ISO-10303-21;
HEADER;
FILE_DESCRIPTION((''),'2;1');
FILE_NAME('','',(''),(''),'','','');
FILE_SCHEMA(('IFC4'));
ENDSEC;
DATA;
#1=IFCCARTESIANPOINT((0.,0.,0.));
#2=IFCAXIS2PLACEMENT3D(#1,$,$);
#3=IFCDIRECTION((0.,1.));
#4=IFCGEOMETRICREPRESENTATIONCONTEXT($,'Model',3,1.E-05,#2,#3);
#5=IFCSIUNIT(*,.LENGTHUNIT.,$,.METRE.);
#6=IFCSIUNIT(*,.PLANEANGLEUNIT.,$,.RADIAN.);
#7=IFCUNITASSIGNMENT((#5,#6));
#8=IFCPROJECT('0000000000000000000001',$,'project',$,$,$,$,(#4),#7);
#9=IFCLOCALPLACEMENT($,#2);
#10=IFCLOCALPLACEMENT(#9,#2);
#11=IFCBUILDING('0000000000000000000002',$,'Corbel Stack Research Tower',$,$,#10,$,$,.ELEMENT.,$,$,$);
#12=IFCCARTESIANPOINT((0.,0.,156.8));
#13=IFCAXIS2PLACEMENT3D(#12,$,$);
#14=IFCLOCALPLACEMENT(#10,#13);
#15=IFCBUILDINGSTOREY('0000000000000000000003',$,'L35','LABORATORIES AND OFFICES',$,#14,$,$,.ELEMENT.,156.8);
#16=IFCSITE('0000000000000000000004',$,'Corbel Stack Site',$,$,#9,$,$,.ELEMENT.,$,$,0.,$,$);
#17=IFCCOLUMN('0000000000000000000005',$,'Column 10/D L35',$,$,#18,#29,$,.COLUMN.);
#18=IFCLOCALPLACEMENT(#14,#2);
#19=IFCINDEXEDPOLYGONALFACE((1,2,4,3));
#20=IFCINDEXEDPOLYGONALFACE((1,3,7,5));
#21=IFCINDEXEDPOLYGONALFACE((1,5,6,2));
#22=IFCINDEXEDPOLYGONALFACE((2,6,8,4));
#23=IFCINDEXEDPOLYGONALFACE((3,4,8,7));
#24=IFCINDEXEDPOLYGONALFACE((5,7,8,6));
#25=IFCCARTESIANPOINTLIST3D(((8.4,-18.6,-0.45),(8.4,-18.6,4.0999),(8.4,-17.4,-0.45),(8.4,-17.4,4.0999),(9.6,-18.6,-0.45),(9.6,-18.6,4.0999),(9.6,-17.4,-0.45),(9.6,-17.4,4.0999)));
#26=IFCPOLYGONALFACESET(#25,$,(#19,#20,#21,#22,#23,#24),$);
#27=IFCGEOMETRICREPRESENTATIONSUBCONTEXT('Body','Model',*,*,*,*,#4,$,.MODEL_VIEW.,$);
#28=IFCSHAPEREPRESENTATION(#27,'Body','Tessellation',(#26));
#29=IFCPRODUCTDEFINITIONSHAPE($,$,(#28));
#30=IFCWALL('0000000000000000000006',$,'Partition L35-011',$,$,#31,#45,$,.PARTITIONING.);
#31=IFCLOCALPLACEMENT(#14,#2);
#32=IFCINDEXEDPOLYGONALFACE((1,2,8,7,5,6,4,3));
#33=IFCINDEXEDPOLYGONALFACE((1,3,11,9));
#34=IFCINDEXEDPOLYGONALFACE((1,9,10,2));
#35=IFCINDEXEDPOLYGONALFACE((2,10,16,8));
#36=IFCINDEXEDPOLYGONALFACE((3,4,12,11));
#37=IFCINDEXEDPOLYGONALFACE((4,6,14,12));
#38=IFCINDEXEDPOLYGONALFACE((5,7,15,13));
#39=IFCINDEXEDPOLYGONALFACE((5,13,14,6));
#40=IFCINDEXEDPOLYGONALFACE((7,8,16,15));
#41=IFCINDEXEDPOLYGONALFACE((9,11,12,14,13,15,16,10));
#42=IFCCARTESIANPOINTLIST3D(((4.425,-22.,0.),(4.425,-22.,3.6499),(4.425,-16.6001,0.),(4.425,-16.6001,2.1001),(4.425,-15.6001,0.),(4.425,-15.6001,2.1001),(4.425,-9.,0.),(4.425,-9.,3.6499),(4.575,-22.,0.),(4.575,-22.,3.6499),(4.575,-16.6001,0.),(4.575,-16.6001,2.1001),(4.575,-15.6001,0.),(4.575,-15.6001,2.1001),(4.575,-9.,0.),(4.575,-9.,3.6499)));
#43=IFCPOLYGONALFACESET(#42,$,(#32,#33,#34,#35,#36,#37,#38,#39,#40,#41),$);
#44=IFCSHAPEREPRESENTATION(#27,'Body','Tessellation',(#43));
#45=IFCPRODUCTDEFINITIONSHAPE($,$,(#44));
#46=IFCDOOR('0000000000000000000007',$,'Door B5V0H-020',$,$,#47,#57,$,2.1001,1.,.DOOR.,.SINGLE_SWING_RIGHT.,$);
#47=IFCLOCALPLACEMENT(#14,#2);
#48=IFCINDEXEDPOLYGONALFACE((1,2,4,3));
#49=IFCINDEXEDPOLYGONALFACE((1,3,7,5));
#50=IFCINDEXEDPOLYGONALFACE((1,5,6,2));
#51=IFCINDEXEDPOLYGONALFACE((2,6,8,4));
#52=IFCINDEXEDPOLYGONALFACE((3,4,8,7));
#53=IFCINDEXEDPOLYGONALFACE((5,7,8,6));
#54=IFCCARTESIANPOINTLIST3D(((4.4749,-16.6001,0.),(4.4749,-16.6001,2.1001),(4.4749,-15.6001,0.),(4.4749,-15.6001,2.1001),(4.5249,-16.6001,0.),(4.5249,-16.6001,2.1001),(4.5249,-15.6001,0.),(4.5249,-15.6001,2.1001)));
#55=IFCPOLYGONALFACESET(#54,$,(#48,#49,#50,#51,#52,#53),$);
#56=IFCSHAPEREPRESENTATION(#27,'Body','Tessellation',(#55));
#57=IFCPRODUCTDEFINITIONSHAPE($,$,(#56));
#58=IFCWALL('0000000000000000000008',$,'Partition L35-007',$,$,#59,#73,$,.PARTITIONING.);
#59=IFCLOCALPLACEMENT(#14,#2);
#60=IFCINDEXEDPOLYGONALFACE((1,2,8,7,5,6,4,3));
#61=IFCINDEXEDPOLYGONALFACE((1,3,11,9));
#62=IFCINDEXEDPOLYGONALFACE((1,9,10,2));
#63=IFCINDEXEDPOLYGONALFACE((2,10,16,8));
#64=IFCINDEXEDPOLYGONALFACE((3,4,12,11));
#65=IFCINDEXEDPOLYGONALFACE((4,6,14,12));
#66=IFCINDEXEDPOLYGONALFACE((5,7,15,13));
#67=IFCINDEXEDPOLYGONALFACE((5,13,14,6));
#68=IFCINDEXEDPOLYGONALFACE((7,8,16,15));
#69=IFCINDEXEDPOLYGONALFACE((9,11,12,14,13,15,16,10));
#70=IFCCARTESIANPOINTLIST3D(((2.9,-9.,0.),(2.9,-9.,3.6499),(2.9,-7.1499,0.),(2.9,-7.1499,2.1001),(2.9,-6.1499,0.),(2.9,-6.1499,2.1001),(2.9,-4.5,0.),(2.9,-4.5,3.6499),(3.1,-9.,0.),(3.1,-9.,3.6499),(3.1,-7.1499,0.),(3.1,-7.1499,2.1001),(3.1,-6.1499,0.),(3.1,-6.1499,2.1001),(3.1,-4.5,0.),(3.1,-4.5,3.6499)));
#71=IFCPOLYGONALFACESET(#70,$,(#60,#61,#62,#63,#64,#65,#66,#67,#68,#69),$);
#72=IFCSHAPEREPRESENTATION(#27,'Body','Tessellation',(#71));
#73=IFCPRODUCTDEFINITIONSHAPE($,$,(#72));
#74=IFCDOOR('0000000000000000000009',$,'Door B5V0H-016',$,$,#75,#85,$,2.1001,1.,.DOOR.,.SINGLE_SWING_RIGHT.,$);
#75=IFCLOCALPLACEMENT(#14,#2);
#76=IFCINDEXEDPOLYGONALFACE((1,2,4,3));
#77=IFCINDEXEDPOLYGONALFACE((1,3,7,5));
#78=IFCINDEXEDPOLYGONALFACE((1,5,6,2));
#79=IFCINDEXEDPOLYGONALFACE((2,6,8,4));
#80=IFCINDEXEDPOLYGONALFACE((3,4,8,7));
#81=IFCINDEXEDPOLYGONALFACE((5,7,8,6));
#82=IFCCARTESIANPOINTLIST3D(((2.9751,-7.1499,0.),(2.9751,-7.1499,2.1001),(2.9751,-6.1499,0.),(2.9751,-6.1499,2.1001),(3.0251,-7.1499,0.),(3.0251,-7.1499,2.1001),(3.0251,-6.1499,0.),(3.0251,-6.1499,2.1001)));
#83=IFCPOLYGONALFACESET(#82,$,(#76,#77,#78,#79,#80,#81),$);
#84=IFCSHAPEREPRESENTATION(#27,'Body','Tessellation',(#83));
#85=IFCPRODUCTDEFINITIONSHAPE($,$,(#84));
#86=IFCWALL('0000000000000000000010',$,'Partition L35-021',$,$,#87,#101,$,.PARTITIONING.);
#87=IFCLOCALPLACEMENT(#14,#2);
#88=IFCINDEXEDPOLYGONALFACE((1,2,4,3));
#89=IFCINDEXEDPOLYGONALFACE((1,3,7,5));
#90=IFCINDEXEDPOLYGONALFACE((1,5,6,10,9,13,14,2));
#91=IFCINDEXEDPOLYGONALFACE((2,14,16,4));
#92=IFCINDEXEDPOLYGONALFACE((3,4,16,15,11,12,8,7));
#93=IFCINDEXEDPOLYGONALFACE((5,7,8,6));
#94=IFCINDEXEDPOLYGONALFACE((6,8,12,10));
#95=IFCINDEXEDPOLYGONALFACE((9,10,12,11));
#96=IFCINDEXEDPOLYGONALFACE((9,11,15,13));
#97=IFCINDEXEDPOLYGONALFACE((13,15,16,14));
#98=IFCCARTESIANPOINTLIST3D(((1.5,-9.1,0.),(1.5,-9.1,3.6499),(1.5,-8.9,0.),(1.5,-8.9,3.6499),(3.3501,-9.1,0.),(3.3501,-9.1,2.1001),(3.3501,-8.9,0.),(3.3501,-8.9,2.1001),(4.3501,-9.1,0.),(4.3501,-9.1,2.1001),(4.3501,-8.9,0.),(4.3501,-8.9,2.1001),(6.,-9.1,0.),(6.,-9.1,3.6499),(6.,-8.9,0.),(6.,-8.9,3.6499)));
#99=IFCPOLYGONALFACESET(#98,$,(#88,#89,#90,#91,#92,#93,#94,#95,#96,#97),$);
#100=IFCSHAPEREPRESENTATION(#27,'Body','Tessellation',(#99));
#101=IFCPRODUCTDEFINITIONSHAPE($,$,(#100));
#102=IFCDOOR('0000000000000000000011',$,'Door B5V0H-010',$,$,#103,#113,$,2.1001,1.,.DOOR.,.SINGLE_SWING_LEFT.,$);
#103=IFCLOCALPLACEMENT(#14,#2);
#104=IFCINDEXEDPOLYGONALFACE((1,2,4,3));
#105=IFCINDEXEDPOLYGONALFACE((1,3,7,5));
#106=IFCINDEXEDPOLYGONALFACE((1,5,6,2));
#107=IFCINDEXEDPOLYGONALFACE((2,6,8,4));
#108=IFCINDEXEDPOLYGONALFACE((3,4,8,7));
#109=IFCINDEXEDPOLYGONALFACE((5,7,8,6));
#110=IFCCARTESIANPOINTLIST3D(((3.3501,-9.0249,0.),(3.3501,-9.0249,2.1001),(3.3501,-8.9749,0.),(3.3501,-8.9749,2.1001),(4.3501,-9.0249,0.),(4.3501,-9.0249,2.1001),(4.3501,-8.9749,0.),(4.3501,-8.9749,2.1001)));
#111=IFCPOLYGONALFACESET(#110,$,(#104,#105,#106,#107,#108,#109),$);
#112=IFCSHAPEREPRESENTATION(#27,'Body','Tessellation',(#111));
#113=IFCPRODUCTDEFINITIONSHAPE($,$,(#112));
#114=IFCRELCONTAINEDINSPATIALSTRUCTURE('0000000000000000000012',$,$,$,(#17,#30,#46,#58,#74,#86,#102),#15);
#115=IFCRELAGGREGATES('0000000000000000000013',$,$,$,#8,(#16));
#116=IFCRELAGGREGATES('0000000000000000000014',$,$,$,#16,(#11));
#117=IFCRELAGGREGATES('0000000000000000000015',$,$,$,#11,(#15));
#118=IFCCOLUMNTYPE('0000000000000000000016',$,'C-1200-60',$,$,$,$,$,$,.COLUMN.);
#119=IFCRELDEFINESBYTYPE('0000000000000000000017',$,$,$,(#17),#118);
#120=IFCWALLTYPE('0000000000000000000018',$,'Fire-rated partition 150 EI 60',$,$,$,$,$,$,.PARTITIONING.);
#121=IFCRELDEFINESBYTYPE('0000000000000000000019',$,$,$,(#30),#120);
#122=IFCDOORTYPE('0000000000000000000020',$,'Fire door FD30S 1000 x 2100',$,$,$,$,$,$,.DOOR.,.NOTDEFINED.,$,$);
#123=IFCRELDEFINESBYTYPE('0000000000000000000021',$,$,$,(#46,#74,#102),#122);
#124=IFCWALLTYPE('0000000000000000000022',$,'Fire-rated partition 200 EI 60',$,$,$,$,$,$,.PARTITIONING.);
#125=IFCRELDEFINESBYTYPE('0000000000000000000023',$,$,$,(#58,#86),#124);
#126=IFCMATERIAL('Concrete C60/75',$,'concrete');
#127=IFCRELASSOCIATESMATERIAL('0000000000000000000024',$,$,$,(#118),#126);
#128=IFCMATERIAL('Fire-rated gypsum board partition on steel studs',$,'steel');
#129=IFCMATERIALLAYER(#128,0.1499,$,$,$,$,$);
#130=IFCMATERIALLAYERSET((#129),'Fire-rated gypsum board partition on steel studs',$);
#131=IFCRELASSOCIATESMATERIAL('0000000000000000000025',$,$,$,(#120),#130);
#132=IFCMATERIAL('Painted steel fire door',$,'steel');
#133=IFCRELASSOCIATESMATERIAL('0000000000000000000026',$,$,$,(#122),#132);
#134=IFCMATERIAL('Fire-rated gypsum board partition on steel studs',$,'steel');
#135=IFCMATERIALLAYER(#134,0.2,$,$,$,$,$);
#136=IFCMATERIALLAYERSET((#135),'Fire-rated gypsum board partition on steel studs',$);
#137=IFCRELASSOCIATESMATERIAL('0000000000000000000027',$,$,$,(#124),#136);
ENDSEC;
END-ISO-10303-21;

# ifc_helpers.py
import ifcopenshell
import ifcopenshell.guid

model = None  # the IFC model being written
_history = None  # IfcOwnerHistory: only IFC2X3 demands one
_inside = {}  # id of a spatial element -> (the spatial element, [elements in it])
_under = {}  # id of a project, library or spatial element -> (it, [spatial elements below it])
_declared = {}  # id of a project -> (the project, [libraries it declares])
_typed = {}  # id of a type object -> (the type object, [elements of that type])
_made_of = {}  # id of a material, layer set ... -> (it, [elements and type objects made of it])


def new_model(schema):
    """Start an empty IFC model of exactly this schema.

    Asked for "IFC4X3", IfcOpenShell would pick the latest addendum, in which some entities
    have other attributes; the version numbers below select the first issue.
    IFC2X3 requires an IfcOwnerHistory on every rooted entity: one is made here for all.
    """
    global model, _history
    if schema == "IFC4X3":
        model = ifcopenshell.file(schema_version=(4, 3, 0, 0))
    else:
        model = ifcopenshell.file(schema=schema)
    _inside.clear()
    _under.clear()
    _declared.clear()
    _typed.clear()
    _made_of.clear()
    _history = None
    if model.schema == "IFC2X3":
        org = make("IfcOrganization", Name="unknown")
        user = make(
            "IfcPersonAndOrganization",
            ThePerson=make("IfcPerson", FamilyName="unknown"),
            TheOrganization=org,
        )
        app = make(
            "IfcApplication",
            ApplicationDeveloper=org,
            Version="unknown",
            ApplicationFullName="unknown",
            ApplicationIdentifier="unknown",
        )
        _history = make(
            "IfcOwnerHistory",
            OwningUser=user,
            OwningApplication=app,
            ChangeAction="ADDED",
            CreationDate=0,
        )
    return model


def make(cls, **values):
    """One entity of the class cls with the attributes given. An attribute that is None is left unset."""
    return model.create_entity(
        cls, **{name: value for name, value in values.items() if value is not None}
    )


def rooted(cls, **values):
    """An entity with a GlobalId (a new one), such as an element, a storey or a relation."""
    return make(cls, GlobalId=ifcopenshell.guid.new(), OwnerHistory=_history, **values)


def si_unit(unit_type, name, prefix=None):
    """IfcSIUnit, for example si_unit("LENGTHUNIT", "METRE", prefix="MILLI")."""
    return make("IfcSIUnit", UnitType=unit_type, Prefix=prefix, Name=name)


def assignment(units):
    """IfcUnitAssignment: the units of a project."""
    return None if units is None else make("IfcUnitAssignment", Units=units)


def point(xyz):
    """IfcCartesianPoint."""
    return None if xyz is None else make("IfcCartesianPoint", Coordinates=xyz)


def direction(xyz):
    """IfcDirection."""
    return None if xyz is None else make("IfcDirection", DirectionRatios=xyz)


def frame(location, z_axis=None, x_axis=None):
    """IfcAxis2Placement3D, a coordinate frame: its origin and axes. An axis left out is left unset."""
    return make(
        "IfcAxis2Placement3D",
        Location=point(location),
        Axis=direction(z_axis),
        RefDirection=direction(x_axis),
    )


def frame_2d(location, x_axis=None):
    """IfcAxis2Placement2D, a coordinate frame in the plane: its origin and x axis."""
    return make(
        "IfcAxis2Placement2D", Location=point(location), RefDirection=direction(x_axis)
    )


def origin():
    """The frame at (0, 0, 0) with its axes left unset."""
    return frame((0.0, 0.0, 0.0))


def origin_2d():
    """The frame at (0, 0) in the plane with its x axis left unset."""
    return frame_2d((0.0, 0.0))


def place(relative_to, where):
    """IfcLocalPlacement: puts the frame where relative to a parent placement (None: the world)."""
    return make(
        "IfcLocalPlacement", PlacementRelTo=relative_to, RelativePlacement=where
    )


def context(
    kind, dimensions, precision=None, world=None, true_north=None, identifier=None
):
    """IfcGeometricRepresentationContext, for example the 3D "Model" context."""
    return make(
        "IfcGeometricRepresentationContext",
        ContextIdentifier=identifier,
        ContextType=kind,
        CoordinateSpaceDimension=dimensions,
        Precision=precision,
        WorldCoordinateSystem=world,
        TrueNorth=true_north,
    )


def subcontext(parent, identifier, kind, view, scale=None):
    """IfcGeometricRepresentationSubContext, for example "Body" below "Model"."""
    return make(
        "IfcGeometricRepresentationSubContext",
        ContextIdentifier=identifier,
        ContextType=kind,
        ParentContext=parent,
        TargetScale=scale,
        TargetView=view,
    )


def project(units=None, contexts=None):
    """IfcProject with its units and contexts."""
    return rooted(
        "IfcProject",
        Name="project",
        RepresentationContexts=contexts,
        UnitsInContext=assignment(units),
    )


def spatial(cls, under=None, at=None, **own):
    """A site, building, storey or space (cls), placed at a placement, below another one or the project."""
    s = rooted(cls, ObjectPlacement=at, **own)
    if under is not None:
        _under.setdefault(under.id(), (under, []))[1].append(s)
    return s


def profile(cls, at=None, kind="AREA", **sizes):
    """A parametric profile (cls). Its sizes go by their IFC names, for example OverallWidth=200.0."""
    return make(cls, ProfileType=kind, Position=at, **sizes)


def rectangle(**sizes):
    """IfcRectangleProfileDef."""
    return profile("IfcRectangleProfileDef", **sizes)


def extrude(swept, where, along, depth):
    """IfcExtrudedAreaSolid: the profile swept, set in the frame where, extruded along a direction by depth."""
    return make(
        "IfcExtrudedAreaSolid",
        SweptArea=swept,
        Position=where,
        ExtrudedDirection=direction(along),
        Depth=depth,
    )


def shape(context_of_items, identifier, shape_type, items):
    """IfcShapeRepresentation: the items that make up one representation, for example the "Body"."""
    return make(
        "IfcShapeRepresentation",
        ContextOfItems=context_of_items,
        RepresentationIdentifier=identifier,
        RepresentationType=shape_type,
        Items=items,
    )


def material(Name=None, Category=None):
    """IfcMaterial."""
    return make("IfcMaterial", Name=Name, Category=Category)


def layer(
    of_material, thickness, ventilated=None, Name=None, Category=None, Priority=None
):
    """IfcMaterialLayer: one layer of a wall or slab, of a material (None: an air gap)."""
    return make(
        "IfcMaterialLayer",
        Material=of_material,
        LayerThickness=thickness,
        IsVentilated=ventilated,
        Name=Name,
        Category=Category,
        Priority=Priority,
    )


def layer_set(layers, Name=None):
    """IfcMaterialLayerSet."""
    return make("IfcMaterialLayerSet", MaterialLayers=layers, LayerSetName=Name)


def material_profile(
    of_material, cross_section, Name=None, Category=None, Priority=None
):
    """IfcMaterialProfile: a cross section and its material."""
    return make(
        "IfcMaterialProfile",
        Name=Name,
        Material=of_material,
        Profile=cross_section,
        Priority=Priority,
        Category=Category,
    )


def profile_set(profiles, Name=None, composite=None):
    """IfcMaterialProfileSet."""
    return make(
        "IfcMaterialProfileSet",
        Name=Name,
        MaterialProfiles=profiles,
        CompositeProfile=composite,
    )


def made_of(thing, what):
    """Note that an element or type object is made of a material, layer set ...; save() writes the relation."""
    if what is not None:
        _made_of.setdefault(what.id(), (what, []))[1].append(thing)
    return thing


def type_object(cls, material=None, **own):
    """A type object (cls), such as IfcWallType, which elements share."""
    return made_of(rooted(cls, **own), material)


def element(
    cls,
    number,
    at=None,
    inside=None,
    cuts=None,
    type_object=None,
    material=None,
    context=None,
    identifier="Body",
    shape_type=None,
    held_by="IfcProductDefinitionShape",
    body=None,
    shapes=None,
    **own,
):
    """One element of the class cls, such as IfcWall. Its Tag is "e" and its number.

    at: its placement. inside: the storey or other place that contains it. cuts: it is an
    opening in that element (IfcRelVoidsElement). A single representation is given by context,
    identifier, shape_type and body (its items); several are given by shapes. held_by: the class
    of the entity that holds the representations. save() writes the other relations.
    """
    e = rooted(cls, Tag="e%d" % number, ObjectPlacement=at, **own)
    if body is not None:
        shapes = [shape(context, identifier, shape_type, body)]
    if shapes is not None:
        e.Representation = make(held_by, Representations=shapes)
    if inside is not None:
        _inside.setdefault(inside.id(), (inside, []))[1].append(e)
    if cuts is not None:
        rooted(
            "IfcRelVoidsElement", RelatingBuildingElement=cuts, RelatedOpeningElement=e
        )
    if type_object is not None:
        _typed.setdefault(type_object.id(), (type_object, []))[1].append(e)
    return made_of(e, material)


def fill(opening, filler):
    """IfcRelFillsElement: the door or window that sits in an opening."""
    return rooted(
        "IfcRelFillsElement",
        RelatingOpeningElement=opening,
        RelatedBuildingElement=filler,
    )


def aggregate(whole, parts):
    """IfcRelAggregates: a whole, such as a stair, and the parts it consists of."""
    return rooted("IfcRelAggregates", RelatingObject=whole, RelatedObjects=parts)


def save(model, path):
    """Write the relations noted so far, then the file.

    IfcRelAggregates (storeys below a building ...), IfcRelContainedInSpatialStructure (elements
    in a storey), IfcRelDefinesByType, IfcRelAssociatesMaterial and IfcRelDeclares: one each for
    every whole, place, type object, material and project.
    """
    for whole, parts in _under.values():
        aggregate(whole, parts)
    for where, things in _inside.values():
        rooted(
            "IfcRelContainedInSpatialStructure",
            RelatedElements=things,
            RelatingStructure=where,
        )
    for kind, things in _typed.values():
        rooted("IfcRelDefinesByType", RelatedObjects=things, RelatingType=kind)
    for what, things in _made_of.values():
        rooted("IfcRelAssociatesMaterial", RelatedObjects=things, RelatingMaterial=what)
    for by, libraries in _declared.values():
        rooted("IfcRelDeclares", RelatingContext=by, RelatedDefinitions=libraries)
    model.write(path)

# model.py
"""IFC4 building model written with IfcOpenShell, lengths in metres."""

from ifc_helpers import new_model, si_unit, direction, frame, frame_2d, origin, origin_2d, place, context, subcontext, project, spatial, rectangle, extrude, material, layer, layer_set, material_profile, profile_set, type_object, element, fill, save


model = new_model("IFC4")

# Units and contexts
model_context = context("Model", 3, precision=1e-05, world=origin(), true_north=direction((0.0, 1.0)))
body_context = subcontext(model_context, "Body", "Model", "MODEL_VIEW")
ifc_project = project(units=[si_unit("LENGTHUNIT", "METRE"), si_unit("PLANEANGLEUNIT", "RADIAN")], contexts=[model_context])

# Site, building, storey
site_placement = place(None, origin())
site = spatial("IfcSite", under=ifc_project, at=site_placement, Name="Corbel Stack Site", CompositionType="ELEMENT", RefElevation=0.0)
building_placement = place(site_placement, origin())
building = spatial("IfcBuilding", under=site, at=building_placement, Name="Corbel Stack Research Tower", CompositionType="ELEMENT")
storey_placement = place(building_placement, frame((0.0, 0.0, 156.8)))
storey = spatial("IfcBuildingStorey", under=building, at=storey_placement, Name="L35", Description="LABORATORIES AND OFFICES", CompositionType="ELEMENT", Elevation=156.8)

# Column
ifc_material_1 = material(Name="Concrete C60/75", Category="concrete")
ifc_material_profile = material_profile(ifc_material_1, rectangle(XDim=1.2, YDim=1.2, at=origin_2d()), Name="RC 1200 x 1200")
ifc_profile_set = profile_set([ifc_material_profile], Name="Concrete C60/75")
column_type = type_object("IfcColumnType", Name="C-1200-60", PredefinedType="COLUMN", material=ifc_profile_set)
column_placement = place(storey_placement, frame((9.0, -18.0, -0.45), z_axis=(0.0, 0.0, 1.0), x_axis=(1.0, 0.0, 0.0)))
element("IfcColumn", 1, at=column_placement, inside=storey, type_object=column_type, Name="Column 10/D L35", PredefinedType="COLUMN", context=body_context, shape_type="SweptSolid", body=[
    extrude(rectangle(XDim=1.2, YDim=1.2, at=origin_2d()), origin(), (0.0, 0.0, 1.0), 4.5498),
])

# Walls, openings, doors
ifc_material_2 = material(Name="Fire-rated gypsum board partition on steel studs", Category="steel")
ifc_layer_1 = layer(ifc_material_2, 0.1499)
ifc_layer_set_1 = layer_set([ifc_layer_1], Name="Fire-rated gypsum board partition on steel studs")
wall_type_1 = type_object("IfcWallType", Name="Fire-rated partition 150 EI 60", PredefinedType="PARTITIONING", material=ifc_layer_set_1)
wall_1_placement = place(storey_placement, frame((4.5, -9.0, 0.0), z_axis=(0.0, 0.0, 1.0), x_axis=(0.0, -1.0, 0.0)))
wall_1 = element("IfcWall", 2, at=wall_1_placement, inside=storey, type_object=wall_type_1, Name="Partition L35-011", PredefinedType="PARTITIONING", context=body_context, shape_type="SweptSolid", body=[
    extrude(rectangle(XDim=13.0, YDim=0.1499, at=frame_2d((6.5, 0.0))), origin(), (0.0, 0.0, 1.0), 3.6499),
])
opening_1_placement = place(wall_1_placement, frame((6.6001, 0.0, 0.0)))
opening_1 = element("IfcOpeningElement", 3, at=opening_1_placement, cuts=wall_1, PredefinedType="OPENING", context=body_context, shape_type="SweptSolid", body=[
    extrude(rectangle(XDim=1.0, YDim=2.1001, at=frame_2d((0.5, 1.05))), frame((0.0, 0.085, 0.0), z_axis=(0.0, -1.0, 0.0), x_axis=(1.0, 0.0, 0.0)), (0.0, 0.0, 1.0), 0.1699),
])
ifc_material_3 = material(Name="Painted steel fire door", Category="steel")
door_type_1 = type_object("IfcDoorType", Name="Fire door FD30S 1000 x 2100", OperationType="NOTDEFINED", PredefinedType="DOOR", material=ifc_material_3)
door_1_placement = place(opening_1_placement, origin())
door_1 = element("IfcDoor", 4, at=door_1_placement, inside=storey, type_object=door_type_1, Name="Door B5V0H-020", OperationType="SINGLE_SWING_RIGHT", OverallHeight=2.1001, OverallWidth=1.0, PredefinedType="DOOR", context=body_context, shape_type="SweptSolid", body=[
    extrude(rectangle(XDim=1.0, YDim=2.1001, at=frame_2d((0.5, 1.05))), frame((0.0, 0.0249, 0.0), z_axis=(0.0, -1.0, 0.0), x_axis=(1.0, 0.0, 0.0)), (0.0, 0.0, 1.0), 0.05),
])
fill(opening_1, door_1)
ifc_material_4 = material(Name="Fire-rated gypsum board partition on steel studs", Category="steel")
ifc_layer_2 = layer(ifc_material_4, 0.2)
ifc_layer_set_2 = layer_set([ifc_layer_2], Name="Fire-rated gypsum board partition on steel studs")
wall_type_2 = type_object("IfcWallType", Name="Fire-rated partition 200 EI 60", PredefinedType="PARTITIONING", material=ifc_layer_set_2)
wall_2_placement = place(storey_placement, frame((3.0, -9.0, 0.0), z_axis=(0.0, 0.0, 1.0), x_axis=(0.0, 1.0, 0.0)))
wall_2 = element("IfcWall", 5, at=wall_2_placement, inside=storey, type_object=wall_type_2, Name="Partition L35-007", PredefinedType="PARTITIONING", context=body_context, shape_type="SweptSolid", body=[
    extrude(rectangle(XDim=4.5, YDim=0.2, at=frame_2d((2.25, 0.0))), origin(), (0.0, 0.0, 1.0), 3.6499),
])
opening_2_placement = place(wall_2_placement, frame((1.8501, 0.0, 0.0)))
opening_2 = element("IfcOpeningElement", 6, at=opening_2_placement, cuts=wall_2, PredefinedType="OPENING", context=body_context, shape_type="SweptSolid", body=[
    extrude(rectangle(XDim=1.0, YDim=2.1001, at=frame_2d((0.5, 1.05))), frame((0.0, 0.1099, 0.0), z_axis=(0.0, -1.0, 0.0), x_axis=(1.0, 0.0, 0.0)), (0.0, 0.0, 1.0), 0.22),
])
door_2_placement = place(opening_2_placement, origin())
door_2 = element("IfcDoor", 7, at=door_2_placement, inside=storey, type_object=door_type_1, Name="Door B5V0H-016", OperationType="SINGLE_SWING_RIGHT", OverallHeight=2.1001, OverallWidth=1.0, PredefinedType="DOOR", context=body_context, shape_type="SweptSolid", body=[
    extrude(rectangle(XDim=1.0, YDim=2.1001, at=frame_2d((0.5, 1.05))), frame((0.0, 0.0249, 0.0), z_axis=(0.0, -1.0, 0.0), x_axis=(1.0, 0.0, 0.0)), (0.0, 0.0, 1.0), 0.05),
])
fill(opening_2, door_2)
wall_3_placement = place(storey_placement, frame((6.0, -9.0, 0.0), z_axis=(0.0, 0.0, 1.0), x_axis=(-1.0, 0.0, 0.0)))
wall_3 = element("IfcWall", 8, at=wall_3_placement, inside=storey, type_object=wall_type_2, Name="Partition L35-021", PredefinedType="PARTITIONING", context=body_context, shape_type="SweptSolid", body=[
    extrude(rectangle(XDim=4.5, YDim=0.2, at=frame_2d((2.25, 0.0))), origin(), (0.0, 0.0, 1.0), 3.6499),
])
opening_3_placement = place(wall_3_placement, frame((1.6499, 0.0, 0.0)))
opening_3 = element("IfcOpeningElement", 9, at=opening_3_placement, cuts=wall_3, PredefinedType="OPENING", context=body_context, shape_type="SweptSolid", body=[
    extrude(rectangle(XDim=1.0, YDim=2.1001, at=frame_2d((0.5, 1.05))), frame((0.0, 0.1099, 0.0), z_axis=(0.0, -1.0, 0.0), x_axis=(1.0, 0.0, 0.0)), (0.0, 0.0, 1.0), 0.22),
])
door_3_placement = place(opening_3_placement, origin())
door_3 = element("IfcDoor", 10, at=door_3_placement, inside=storey, type_object=door_type_1, Name="Door B5V0H-010", OperationType="SINGLE_SWING_LEFT", OverallHeight=2.1001, OverallWidth=1.0, PredefinedType="DOOR", context=body_context, shape_type="SweptSolid", body=[
    extrude(rectangle(XDim=1.0, YDim=2.1001, at=frame_2d((0.5, 1.05))), frame((0.0, 0.0249, 0.0), z_axis=(0.0, -1.0, 0.0), x_axis=(1.0, 0.0, 0.0)), (0.0, 0.0, 1.0), 0.05),
])
fill(opening_3, door_3)

save(model, "model.ifc")
